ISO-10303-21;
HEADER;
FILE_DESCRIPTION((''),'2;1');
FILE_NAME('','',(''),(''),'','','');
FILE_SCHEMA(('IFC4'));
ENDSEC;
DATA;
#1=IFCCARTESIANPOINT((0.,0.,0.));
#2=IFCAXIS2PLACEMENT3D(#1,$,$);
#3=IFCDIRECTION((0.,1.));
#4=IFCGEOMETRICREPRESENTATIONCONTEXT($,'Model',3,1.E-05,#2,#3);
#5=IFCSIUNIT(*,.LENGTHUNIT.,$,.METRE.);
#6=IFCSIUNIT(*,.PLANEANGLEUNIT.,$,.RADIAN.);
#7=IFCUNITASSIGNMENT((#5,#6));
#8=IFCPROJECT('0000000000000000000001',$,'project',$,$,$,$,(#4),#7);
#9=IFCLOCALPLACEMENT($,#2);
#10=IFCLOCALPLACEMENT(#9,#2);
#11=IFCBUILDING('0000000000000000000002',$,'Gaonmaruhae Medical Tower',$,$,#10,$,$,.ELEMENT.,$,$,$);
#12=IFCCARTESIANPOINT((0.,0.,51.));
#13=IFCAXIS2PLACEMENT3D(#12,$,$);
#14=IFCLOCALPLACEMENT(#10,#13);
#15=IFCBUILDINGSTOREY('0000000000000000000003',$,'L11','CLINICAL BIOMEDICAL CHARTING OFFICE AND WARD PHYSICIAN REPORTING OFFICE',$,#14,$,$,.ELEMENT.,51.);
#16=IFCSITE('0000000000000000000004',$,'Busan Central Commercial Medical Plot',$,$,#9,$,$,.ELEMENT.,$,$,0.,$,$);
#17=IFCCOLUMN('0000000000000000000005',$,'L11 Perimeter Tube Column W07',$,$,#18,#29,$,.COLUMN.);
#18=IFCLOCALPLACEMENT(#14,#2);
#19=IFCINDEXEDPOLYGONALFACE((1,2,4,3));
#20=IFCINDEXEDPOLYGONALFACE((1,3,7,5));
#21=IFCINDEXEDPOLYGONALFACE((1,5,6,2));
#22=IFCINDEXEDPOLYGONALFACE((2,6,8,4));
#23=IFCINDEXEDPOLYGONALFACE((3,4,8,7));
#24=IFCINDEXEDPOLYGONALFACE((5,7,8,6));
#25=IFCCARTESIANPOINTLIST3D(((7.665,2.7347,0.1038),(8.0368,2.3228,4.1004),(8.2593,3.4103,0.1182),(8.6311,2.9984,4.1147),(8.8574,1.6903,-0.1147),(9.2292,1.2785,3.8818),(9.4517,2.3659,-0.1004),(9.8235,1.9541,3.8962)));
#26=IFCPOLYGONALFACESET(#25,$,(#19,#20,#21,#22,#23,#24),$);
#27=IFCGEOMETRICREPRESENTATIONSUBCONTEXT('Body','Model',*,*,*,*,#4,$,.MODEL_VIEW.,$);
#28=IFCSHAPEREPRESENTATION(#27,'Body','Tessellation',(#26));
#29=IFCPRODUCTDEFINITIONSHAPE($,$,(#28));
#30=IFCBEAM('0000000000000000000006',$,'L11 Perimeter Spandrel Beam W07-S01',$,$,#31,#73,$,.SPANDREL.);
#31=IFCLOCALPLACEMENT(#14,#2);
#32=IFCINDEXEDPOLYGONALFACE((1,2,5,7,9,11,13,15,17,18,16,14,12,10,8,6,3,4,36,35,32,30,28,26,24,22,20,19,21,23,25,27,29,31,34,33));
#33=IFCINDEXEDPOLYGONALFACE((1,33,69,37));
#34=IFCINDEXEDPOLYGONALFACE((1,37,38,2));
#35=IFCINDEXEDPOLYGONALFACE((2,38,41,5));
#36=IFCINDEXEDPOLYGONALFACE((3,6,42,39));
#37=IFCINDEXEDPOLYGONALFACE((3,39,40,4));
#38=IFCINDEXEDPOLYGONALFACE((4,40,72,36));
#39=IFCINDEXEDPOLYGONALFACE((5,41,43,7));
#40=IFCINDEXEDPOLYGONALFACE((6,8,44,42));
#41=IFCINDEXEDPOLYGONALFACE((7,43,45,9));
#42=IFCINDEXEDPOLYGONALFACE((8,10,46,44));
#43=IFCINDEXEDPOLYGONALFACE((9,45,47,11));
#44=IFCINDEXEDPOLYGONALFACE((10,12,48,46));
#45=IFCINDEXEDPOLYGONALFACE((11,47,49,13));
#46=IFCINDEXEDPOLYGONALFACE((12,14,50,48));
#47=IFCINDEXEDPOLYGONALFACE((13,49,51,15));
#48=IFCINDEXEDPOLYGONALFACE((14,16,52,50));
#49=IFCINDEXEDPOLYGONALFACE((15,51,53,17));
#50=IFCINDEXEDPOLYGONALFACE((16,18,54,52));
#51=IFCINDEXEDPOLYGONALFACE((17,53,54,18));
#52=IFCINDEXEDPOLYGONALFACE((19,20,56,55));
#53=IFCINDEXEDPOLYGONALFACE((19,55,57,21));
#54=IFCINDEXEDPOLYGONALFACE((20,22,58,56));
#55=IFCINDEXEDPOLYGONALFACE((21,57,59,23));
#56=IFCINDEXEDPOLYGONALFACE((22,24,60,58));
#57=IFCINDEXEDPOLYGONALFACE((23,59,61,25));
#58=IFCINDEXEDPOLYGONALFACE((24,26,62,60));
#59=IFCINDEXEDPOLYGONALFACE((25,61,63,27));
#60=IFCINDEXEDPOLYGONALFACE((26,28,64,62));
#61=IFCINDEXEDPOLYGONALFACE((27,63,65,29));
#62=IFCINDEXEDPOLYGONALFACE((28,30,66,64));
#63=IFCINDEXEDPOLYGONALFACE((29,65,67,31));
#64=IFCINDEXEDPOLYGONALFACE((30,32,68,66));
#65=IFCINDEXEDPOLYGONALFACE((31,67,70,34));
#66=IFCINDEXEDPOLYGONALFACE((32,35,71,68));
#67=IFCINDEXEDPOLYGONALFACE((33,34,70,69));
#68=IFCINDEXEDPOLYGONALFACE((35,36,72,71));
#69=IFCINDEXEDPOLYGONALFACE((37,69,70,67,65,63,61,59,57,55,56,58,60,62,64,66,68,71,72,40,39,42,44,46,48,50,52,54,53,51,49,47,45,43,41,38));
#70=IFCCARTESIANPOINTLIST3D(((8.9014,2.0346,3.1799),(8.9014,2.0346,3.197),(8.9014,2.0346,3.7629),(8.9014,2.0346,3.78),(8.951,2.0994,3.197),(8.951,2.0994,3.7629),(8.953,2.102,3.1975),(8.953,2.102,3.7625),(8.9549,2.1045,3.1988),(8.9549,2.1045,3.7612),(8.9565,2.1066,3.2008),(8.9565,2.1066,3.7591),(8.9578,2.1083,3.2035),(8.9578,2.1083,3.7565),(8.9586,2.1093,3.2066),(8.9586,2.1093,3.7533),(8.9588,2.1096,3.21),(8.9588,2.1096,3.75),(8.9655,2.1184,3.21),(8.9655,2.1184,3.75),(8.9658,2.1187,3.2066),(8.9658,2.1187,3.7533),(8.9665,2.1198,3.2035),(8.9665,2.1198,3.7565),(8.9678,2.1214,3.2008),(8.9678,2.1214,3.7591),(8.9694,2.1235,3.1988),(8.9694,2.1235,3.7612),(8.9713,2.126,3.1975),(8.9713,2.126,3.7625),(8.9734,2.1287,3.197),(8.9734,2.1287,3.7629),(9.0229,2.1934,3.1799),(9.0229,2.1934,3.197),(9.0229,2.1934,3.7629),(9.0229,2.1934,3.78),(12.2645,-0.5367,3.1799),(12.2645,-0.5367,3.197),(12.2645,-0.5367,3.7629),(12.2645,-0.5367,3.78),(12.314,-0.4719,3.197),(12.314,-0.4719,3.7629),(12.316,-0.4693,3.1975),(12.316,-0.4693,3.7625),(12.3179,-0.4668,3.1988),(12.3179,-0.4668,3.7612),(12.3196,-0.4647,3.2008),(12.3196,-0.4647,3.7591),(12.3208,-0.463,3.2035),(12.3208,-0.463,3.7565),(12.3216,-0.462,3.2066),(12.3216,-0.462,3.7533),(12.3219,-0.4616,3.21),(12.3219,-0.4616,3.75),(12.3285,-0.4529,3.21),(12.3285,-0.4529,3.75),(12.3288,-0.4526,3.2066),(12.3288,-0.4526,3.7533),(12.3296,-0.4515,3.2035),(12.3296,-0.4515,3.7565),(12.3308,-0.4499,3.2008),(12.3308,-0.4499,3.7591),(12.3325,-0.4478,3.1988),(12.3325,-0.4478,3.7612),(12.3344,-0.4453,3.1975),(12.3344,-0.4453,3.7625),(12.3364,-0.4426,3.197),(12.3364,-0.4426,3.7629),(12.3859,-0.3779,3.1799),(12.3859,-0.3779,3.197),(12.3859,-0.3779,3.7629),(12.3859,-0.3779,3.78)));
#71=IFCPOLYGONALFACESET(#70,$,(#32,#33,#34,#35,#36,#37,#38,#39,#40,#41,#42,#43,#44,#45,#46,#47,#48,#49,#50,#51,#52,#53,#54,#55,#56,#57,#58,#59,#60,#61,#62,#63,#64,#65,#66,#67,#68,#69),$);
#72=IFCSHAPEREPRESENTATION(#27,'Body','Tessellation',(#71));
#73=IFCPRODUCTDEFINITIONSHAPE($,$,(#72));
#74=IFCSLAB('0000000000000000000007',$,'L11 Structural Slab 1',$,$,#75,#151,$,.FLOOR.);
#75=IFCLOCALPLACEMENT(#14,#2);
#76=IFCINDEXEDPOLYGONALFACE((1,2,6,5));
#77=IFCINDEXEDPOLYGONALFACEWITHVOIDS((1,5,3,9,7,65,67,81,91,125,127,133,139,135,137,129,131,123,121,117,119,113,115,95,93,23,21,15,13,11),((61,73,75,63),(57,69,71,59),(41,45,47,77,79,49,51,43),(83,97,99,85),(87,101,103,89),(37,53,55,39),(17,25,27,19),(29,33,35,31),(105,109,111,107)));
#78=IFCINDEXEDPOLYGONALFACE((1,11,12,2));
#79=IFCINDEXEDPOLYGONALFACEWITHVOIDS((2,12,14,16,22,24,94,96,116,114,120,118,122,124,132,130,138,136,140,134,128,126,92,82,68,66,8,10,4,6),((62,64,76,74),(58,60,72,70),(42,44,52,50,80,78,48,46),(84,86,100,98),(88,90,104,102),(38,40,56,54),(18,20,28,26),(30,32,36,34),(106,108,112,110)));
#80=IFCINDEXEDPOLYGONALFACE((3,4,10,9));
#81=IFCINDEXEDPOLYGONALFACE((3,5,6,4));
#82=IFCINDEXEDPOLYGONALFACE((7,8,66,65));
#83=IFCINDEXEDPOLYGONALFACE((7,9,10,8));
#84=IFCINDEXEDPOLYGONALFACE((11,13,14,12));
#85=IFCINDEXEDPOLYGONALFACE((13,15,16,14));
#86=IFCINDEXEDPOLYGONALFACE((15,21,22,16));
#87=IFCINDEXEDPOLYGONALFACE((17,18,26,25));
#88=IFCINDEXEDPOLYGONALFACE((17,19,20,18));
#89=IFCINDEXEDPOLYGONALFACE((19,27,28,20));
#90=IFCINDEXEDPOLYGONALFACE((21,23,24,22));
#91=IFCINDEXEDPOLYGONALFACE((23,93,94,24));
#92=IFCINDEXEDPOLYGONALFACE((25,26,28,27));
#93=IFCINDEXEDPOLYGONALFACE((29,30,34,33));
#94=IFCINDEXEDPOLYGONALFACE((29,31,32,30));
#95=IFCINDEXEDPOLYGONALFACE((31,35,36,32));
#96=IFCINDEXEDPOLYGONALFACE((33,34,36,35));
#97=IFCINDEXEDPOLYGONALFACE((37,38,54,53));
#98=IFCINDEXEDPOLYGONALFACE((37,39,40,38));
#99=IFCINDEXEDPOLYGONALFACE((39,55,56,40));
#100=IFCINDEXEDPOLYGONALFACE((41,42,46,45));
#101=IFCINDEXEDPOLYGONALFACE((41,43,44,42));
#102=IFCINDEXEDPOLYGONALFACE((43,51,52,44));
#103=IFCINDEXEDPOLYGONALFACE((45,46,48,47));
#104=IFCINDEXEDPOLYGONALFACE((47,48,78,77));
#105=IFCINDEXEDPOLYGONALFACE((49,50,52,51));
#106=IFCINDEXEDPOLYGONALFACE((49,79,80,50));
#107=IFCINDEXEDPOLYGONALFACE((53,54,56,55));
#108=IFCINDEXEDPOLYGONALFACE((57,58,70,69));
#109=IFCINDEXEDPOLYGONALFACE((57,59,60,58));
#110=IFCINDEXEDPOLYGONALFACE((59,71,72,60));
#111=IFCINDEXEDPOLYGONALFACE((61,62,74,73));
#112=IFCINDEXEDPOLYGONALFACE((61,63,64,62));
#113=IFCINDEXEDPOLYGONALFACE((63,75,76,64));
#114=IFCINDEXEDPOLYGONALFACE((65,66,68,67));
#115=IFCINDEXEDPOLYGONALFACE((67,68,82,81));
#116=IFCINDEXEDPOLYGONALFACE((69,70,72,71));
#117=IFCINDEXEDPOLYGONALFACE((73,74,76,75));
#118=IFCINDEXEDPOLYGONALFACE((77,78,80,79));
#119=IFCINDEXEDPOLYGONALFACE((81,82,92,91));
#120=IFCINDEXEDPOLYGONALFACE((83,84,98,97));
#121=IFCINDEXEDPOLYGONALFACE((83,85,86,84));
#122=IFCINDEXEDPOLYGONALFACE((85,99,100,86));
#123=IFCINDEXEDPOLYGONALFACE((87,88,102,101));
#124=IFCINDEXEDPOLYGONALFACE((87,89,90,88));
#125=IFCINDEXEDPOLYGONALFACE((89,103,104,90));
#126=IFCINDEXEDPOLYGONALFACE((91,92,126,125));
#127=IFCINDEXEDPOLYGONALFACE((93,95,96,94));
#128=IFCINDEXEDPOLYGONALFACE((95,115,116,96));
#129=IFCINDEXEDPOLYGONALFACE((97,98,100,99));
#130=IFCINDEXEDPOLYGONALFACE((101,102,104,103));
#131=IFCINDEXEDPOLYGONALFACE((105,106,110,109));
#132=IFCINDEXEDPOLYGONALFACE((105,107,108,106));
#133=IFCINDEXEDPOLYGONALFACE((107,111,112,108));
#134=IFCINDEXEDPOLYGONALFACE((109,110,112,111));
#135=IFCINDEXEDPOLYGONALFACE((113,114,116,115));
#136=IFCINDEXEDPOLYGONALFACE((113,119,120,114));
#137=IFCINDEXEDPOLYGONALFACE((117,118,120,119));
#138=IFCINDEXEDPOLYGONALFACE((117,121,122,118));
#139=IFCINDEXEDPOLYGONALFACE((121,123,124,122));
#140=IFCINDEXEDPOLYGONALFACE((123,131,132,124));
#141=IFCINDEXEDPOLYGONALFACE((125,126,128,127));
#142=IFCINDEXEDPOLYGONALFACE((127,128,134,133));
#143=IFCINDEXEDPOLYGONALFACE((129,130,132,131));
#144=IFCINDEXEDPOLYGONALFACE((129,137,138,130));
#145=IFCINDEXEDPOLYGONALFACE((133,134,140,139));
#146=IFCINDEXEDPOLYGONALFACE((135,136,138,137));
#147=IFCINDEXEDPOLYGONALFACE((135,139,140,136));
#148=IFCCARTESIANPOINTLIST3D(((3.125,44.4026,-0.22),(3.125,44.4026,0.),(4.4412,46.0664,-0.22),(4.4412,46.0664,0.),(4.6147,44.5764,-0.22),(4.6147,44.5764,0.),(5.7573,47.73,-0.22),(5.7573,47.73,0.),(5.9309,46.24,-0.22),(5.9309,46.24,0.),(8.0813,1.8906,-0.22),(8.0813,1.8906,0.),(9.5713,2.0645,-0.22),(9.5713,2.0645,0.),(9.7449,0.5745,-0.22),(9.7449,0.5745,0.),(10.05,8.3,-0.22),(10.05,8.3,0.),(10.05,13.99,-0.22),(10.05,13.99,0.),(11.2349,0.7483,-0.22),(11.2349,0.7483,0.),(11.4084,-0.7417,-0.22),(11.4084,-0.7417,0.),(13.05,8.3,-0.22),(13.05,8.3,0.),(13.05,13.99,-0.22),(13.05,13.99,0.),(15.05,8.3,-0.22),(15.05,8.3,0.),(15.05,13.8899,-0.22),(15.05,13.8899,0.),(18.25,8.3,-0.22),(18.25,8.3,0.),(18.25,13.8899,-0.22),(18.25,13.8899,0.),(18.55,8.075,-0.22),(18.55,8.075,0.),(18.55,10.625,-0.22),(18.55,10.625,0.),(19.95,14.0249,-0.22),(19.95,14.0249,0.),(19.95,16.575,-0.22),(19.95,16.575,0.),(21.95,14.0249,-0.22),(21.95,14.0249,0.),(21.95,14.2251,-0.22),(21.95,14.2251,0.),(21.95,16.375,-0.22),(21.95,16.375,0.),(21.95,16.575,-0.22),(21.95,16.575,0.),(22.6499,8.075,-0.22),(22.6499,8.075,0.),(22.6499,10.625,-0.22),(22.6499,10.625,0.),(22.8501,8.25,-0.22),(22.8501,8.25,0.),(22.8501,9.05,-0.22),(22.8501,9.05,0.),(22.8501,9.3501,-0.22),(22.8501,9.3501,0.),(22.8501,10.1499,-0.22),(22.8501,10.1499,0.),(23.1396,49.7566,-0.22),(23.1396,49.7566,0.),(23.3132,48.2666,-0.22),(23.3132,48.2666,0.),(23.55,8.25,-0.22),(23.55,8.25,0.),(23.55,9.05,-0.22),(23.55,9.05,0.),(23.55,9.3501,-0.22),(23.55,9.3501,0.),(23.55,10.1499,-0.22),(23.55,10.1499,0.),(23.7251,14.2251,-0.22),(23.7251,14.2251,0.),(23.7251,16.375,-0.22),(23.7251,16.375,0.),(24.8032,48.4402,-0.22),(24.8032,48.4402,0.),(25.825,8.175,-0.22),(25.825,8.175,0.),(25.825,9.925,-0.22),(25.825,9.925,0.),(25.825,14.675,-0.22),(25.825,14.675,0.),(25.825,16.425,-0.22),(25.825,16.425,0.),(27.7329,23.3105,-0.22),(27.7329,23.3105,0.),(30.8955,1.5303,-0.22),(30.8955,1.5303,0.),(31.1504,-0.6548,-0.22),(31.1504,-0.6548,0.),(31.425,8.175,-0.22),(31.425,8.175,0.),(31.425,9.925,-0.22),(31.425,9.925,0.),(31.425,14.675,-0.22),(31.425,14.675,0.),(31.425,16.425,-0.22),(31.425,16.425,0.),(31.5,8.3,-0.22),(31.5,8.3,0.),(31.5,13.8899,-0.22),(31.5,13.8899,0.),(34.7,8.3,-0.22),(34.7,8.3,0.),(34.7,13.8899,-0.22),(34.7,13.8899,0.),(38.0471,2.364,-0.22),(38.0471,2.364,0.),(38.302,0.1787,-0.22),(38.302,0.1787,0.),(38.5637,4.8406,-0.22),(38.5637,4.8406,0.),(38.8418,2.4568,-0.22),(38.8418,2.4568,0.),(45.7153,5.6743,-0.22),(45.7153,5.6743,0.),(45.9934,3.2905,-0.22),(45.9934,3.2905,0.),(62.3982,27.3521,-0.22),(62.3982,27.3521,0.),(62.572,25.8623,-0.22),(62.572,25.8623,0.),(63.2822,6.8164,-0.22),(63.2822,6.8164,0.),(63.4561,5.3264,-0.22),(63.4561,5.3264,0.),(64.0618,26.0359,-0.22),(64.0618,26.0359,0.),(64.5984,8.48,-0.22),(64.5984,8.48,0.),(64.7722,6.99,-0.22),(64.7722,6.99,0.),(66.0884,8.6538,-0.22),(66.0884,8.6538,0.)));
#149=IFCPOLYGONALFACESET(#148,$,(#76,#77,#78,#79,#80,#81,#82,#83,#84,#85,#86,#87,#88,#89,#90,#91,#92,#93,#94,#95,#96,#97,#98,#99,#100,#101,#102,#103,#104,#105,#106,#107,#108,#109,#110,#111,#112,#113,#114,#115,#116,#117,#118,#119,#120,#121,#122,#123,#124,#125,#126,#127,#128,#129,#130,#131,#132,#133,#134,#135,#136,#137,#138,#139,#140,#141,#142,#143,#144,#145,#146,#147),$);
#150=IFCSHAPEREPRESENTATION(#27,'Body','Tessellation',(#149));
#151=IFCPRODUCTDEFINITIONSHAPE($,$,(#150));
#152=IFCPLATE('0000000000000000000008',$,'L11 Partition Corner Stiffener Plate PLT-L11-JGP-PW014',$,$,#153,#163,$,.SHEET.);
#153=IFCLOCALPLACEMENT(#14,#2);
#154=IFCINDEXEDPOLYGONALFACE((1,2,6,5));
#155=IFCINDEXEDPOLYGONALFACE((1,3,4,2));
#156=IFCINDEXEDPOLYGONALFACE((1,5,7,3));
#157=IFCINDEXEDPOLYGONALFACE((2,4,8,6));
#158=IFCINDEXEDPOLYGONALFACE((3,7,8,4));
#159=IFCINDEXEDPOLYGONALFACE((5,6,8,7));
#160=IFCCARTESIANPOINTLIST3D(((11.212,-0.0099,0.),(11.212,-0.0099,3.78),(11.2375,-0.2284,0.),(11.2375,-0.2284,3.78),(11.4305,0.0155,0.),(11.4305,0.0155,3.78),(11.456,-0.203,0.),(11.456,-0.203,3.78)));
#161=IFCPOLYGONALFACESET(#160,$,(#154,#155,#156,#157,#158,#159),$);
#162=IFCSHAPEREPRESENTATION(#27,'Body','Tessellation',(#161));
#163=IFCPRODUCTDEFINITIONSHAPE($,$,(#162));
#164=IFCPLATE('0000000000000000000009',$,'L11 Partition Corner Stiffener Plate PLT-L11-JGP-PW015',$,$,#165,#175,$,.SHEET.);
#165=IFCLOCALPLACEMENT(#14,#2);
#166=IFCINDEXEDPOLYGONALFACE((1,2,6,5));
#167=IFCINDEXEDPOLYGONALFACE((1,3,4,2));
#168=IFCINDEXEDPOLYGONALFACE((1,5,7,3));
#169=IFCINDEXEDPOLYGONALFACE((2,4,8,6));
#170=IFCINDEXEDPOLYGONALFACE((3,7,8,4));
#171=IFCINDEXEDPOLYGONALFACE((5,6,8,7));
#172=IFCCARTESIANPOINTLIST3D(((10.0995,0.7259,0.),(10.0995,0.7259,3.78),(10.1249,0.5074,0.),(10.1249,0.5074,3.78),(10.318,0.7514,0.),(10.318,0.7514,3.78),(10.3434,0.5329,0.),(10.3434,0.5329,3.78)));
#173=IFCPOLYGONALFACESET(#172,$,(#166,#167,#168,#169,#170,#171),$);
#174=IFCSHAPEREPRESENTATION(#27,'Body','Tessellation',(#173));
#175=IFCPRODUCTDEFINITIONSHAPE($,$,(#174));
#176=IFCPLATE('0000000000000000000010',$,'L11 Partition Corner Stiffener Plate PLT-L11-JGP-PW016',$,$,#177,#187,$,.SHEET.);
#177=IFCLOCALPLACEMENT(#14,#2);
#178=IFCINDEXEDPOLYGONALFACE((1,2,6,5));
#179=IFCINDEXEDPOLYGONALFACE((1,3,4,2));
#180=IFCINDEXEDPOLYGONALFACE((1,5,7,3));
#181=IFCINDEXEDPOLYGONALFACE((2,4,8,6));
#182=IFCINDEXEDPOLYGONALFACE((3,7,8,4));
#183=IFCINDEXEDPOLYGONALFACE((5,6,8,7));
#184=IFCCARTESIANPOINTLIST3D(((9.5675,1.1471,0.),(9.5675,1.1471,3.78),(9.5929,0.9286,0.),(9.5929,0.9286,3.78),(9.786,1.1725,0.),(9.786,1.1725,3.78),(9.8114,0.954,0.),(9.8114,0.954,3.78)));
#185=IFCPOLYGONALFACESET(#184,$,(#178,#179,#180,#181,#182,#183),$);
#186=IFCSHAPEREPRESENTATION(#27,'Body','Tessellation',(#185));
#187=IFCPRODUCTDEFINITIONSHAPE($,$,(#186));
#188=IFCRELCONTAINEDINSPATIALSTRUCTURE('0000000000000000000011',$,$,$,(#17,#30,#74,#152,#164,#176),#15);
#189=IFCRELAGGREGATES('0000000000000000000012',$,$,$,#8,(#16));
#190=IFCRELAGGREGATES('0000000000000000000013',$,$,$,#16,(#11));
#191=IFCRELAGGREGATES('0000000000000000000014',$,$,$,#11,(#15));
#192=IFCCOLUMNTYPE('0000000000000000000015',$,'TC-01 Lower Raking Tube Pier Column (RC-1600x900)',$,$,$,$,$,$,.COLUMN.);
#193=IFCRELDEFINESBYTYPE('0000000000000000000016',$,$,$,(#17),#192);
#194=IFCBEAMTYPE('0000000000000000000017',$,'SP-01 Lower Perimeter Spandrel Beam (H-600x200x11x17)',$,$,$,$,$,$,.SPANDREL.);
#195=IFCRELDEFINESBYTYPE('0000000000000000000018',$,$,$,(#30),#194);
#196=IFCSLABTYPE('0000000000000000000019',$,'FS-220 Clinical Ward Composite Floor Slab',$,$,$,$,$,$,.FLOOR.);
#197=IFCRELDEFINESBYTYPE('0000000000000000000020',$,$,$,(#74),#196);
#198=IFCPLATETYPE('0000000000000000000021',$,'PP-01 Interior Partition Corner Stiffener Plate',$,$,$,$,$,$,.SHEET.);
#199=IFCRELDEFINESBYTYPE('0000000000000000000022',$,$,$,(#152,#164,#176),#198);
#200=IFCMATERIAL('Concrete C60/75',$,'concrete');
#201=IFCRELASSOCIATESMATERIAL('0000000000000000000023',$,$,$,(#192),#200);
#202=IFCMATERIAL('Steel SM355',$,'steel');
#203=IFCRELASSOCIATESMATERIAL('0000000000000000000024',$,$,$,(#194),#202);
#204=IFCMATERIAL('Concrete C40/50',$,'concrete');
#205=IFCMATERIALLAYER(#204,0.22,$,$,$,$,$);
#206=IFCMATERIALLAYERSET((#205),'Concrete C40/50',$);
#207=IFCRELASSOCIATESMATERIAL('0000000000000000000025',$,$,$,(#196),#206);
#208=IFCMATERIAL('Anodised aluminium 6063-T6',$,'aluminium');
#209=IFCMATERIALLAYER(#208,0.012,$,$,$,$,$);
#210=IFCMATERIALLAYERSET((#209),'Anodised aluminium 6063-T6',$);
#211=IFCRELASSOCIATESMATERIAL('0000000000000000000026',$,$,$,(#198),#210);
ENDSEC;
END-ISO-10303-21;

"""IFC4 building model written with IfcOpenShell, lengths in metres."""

from ifc_helpers import new_model, si_unit, direction, frame, origin, origin_2d, place, context, subcontext, project, spatial, polyline, rectangle, i_section, outline, extrude, material, layer, layer_set, material_profile, profile_set, type_object, element, save


model = new_model("IFC4")

# Units and contexts
model_context = context("Model", 3, precision=1e-05, world=origin(), true_north=direction((0.0, 1.0)))
body_context = subcontext(model_context, "Body", "Model", "MODEL_VIEW")
ifc_project = project(units=[si_unit("LENGTHUNIT", "METRE"), si_unit("PLANEANGLEUNIT", "RADIAN")], contexts=[model_context])

# Site, building, storey
site_placement = place(None, origin())
site = spatial("IfcSite", under=ifc_project, at=site_placement, Name="Busan Central Commercial Medical Plot", CompositionType="ELEMENT", RefElevation=0.0)
building_placement = place(site_placement, origin())
building = spatial("IfcBuilding", under=site, at=building_placement, Name="Gaonmaruhae Medical Tower", CompositionType="ELEMENT")
storey_placement = place(building_placement, frame((0.0, 0.0, 51.0)))
storey = spatial("IfcBuildingStorey", under=building, at=storey_placement, Name="L11", Description="CLINICAL BIOMEDICAL CHARTING OFFICE AND WARD PHYSICIAN REPORTING OFFICE", CompositionType="ELEMENT", Elevation=51.0)

# Column
ifc_material_1 = material(Name="Concrete C60/75", Category="concrete")
ifc_material_profile_1 = material_profile(ifc_material_1, rectangle(XDim=1.6001, YDim=0.8999, at=origin_2d()), Name="RC-1600x900")
ifc_profile_set_1 = profile_set([ifc_material_profile_1], Name="Concrete C60/75")
column_type = type_object("IfcColumnType", Name="TC-01 Lower Raking Tube Pier Column (RC-1600x900)", PredefinedType="COLUMN", material=ifc_profile_set_1)
column_placement = place(storey_placement, frame((8.5583, 2.5503, 0.0017), z_axis=(0.092152, -0.102075, 0.990499), x_axis=(-0.745232, 0.652665, 0.136593)))
element("IfcColumn", 1, at=column_placement, inside=storey, type_object=column_type, Name="L11 Perimeter Tube Column W07", PredefinedType="COLUMN", context=body_context, shape_type="SweptSolid", body=[
    extrude(rectangle(XDim=1.6001, YDim=0.8999, at=origin_2d()), origin(), (0.0, 0.0, 1.0), 4.0349),
])

# Beam
ifc_material_2 = material(Name="Steel SM355", Category="steel")
ifc_material_profile_2 = material_profile(ifc_material_2, i_section(OverallWidth=0.2, OverallDepth=0.6001, WebThickness=0.011, FlangeThickness=0.0171, FilletRadius=0.0129, at=origin_2d()), Name="H-600x200x11x17")
ifc_profile_set_2 = profile_set([ifc_material_profile_2], Name="Steel SM355")
beam_type = type_object("IfcBeamType", Name="SP-01 Lower Perimeter Spandrel Beam (H-600x200x11x17)", PredefinedType="SPANDREL", material=ifc_profile_set_2)
beam_placement = place(storey_placement, frame((8.9622, 2.114, 3.48), z_axis=(0.794409, -0.607384, 0.0), x_axis=(0.607384, 0.794409, 0.0)))
element("IfcBeam", 2, at=beam_placement, inside=storey, type_object=beam_type, Name="L11 Perimeter Spandrel Beam W07-S01", PredefinedType="SPANDREL", context=body_context, shape_type="SweptSolid", body=[
    extrude(i_section(OverallWidth=0.2, OverallDepth=0.6001, WebThickness=0.011, FlangeThickness=0.0171, FilletRadius=0.0129, at=origin_2d()), origin(), (0.0, 0.0, 1.0), 4.2334),
])

# Slab
ifc_material_3 = material(Name="Concrete C40/50", Category="concrete")
ifc_layer_1 = layer(ifc_material_3, 0.22)
ifc_layer_set_1 = layer_set([ifc_layer_1], Name="Concrete C40/50")
slab_type_1 = type_object("IfcSlabType", Name="FS-220 Clinical Ward Composite Floor Slab", PredefinedType="FLOOR", material=ifc_layer_set_1)
slab_1_placement = place(storey_placement, frame((0.0, 0.0, -0.22)))
element("IfcSlab", 3, at=slab_1_placement, inside=storey, type_object=slab_type_1, Name="L11 Structural Slab 1", PredefinedType="FLOOR", context=body_context, shape_type="SweptSolid", body=[
    extrude(outline(polyline([(11.2349, 0.7483), (9.7449, 0.5745), (9.5713, 2.0645), (8.0813, 1.8906), (3.125, 44.4026), (4.6147, 44.5764), (4.4412, 46.0664), (5.9309, 46.24), (5.7573, 47.73), (23.1396, 49.7566), (23.3132, 48.2666), (24.8032, 48.4402), (27.7329, 23.3105), (62.3982, 27.3521), (62.572, 25.8623), (64.0618, 26.0359), (66.0884, 8.6538), (64.5984, 8.48), (64.7722, 6.99), (63.2822, 6.8164), (63.4561, 5.3264), (45.9934, 3.2905), (45.7153, 5.6743), (38.5637, 4.8406), (38.8418, 2.4568), (38.0471, 2.364), (38.302, 0.1787), (31.1504, -0.6548), (30.8955, 1.5303), (11.4084, -0.7417), (11.2349, 0.7483)]), holes=[polyline([(23.55, 8.25), (22.8501, 8.25), (22.8501, 9.05), (23.55, 9.05), (23.55, 8.25)]), polyline([(25.825, 9.925), (31.425, 9.925), (31.425, 8.175), (25.825, 8.175), (25.825, 9.925)]), polyline([(22.6499, 10.625), (22.6499, 8.075), (18.55, 8.075), (18.55, 10.625), (22.6499, 10.625)]), polyline([(23.55, 9.3501), (22.8501, 9.3501), (22.8501, 10.1499), (23.55, 10.1499), (23.55, 9.3501)]), polyline([(15.05, 13.8899), (18.25, 13.8899), (18.25, 8.3), (15.05, 8.3), (15.05, 13.8899)]), polyline([(31.5, 13.8899), (34.7, 13.8899), (34.7, 8.3), (31.5, 8.3), (31.5, 13.8899)]), polyline([(10.05, 13.99), (13.05, 13.99), (13.05, 8.3), (10.05, 8.3), (10.05, 13.99)]), polyline([(21.95, 14.0249), (19.95, 14.0249), (19.95, 16.575), (21.95, 16.575), (21.95, 16.375), (23.7251, 16.375), (23.7251, 14.2251), (21.95, 14.2251), (21.95, 14.0249)]), polyline([(31.425, 16.425), (31.425, 14.675), (25.825, 14.675), (25.825, 16.425), (31.425, 16.425)])]), origin(), (0.0, 0.0, 1.0), 0.22),
])

# Plates
ifc_material_4 = material(Name="Anodised aluminium 6063-T6", Category="aluminium")
ifc_layer_2 = layer(ifc_material_4, 0.012)
ifc_layer_set_2 = layer_set([ifc_layer_2], Name="Anodised aluminium 6063-T6")
plate_type = type_object("IfcPlateType", Name="PP-01 Interior Partition Corner Stiffener Plate", PredefinedType="SHEET", material=ifc_layer_set_2)
for number, where, z_axis, x_axis, name in (
    (4, (11.334, -0.1064, 0.0), (0.0, 0.0, 1.0), (-0.115752, 0.993278, 0.0), "L11 Partition Corner Stiffener Plate PLT-L11-JGP-PW014"),
    (5, (10.2214, 0.6294, 0.0), (0.0, 0.0, 1.0), (-0.993284, -0.1157, 0.0), "L11 Partition Corner Stiffener Plate PLT-L11-JGP-PW015"),
    (6, (9.6895, 1.0505, 0.0), (0.0, 0.0, 1.0), (-0.1157, 0.993284, 0.0), "L11 Partition Corner Stiffener Plate PLT-L11-JGP-PW016"),
):
    element("IfcPlate", number, at=place(storey_placement, frame(where, z_axis=z_axis, x_axis=x_axis)), inside=storey, type_object=plate_type, Name=name, PredefinedType="SHEET", context=body_context, shape_type="SweptSolid", body=[
        extrude(rectangle(XDim=0.22, YDim=0.22, at=origin_2d()), origin(), (0.0, 0.0, 1.0), 3.78),
    ])

save(model, "model.ifc")
